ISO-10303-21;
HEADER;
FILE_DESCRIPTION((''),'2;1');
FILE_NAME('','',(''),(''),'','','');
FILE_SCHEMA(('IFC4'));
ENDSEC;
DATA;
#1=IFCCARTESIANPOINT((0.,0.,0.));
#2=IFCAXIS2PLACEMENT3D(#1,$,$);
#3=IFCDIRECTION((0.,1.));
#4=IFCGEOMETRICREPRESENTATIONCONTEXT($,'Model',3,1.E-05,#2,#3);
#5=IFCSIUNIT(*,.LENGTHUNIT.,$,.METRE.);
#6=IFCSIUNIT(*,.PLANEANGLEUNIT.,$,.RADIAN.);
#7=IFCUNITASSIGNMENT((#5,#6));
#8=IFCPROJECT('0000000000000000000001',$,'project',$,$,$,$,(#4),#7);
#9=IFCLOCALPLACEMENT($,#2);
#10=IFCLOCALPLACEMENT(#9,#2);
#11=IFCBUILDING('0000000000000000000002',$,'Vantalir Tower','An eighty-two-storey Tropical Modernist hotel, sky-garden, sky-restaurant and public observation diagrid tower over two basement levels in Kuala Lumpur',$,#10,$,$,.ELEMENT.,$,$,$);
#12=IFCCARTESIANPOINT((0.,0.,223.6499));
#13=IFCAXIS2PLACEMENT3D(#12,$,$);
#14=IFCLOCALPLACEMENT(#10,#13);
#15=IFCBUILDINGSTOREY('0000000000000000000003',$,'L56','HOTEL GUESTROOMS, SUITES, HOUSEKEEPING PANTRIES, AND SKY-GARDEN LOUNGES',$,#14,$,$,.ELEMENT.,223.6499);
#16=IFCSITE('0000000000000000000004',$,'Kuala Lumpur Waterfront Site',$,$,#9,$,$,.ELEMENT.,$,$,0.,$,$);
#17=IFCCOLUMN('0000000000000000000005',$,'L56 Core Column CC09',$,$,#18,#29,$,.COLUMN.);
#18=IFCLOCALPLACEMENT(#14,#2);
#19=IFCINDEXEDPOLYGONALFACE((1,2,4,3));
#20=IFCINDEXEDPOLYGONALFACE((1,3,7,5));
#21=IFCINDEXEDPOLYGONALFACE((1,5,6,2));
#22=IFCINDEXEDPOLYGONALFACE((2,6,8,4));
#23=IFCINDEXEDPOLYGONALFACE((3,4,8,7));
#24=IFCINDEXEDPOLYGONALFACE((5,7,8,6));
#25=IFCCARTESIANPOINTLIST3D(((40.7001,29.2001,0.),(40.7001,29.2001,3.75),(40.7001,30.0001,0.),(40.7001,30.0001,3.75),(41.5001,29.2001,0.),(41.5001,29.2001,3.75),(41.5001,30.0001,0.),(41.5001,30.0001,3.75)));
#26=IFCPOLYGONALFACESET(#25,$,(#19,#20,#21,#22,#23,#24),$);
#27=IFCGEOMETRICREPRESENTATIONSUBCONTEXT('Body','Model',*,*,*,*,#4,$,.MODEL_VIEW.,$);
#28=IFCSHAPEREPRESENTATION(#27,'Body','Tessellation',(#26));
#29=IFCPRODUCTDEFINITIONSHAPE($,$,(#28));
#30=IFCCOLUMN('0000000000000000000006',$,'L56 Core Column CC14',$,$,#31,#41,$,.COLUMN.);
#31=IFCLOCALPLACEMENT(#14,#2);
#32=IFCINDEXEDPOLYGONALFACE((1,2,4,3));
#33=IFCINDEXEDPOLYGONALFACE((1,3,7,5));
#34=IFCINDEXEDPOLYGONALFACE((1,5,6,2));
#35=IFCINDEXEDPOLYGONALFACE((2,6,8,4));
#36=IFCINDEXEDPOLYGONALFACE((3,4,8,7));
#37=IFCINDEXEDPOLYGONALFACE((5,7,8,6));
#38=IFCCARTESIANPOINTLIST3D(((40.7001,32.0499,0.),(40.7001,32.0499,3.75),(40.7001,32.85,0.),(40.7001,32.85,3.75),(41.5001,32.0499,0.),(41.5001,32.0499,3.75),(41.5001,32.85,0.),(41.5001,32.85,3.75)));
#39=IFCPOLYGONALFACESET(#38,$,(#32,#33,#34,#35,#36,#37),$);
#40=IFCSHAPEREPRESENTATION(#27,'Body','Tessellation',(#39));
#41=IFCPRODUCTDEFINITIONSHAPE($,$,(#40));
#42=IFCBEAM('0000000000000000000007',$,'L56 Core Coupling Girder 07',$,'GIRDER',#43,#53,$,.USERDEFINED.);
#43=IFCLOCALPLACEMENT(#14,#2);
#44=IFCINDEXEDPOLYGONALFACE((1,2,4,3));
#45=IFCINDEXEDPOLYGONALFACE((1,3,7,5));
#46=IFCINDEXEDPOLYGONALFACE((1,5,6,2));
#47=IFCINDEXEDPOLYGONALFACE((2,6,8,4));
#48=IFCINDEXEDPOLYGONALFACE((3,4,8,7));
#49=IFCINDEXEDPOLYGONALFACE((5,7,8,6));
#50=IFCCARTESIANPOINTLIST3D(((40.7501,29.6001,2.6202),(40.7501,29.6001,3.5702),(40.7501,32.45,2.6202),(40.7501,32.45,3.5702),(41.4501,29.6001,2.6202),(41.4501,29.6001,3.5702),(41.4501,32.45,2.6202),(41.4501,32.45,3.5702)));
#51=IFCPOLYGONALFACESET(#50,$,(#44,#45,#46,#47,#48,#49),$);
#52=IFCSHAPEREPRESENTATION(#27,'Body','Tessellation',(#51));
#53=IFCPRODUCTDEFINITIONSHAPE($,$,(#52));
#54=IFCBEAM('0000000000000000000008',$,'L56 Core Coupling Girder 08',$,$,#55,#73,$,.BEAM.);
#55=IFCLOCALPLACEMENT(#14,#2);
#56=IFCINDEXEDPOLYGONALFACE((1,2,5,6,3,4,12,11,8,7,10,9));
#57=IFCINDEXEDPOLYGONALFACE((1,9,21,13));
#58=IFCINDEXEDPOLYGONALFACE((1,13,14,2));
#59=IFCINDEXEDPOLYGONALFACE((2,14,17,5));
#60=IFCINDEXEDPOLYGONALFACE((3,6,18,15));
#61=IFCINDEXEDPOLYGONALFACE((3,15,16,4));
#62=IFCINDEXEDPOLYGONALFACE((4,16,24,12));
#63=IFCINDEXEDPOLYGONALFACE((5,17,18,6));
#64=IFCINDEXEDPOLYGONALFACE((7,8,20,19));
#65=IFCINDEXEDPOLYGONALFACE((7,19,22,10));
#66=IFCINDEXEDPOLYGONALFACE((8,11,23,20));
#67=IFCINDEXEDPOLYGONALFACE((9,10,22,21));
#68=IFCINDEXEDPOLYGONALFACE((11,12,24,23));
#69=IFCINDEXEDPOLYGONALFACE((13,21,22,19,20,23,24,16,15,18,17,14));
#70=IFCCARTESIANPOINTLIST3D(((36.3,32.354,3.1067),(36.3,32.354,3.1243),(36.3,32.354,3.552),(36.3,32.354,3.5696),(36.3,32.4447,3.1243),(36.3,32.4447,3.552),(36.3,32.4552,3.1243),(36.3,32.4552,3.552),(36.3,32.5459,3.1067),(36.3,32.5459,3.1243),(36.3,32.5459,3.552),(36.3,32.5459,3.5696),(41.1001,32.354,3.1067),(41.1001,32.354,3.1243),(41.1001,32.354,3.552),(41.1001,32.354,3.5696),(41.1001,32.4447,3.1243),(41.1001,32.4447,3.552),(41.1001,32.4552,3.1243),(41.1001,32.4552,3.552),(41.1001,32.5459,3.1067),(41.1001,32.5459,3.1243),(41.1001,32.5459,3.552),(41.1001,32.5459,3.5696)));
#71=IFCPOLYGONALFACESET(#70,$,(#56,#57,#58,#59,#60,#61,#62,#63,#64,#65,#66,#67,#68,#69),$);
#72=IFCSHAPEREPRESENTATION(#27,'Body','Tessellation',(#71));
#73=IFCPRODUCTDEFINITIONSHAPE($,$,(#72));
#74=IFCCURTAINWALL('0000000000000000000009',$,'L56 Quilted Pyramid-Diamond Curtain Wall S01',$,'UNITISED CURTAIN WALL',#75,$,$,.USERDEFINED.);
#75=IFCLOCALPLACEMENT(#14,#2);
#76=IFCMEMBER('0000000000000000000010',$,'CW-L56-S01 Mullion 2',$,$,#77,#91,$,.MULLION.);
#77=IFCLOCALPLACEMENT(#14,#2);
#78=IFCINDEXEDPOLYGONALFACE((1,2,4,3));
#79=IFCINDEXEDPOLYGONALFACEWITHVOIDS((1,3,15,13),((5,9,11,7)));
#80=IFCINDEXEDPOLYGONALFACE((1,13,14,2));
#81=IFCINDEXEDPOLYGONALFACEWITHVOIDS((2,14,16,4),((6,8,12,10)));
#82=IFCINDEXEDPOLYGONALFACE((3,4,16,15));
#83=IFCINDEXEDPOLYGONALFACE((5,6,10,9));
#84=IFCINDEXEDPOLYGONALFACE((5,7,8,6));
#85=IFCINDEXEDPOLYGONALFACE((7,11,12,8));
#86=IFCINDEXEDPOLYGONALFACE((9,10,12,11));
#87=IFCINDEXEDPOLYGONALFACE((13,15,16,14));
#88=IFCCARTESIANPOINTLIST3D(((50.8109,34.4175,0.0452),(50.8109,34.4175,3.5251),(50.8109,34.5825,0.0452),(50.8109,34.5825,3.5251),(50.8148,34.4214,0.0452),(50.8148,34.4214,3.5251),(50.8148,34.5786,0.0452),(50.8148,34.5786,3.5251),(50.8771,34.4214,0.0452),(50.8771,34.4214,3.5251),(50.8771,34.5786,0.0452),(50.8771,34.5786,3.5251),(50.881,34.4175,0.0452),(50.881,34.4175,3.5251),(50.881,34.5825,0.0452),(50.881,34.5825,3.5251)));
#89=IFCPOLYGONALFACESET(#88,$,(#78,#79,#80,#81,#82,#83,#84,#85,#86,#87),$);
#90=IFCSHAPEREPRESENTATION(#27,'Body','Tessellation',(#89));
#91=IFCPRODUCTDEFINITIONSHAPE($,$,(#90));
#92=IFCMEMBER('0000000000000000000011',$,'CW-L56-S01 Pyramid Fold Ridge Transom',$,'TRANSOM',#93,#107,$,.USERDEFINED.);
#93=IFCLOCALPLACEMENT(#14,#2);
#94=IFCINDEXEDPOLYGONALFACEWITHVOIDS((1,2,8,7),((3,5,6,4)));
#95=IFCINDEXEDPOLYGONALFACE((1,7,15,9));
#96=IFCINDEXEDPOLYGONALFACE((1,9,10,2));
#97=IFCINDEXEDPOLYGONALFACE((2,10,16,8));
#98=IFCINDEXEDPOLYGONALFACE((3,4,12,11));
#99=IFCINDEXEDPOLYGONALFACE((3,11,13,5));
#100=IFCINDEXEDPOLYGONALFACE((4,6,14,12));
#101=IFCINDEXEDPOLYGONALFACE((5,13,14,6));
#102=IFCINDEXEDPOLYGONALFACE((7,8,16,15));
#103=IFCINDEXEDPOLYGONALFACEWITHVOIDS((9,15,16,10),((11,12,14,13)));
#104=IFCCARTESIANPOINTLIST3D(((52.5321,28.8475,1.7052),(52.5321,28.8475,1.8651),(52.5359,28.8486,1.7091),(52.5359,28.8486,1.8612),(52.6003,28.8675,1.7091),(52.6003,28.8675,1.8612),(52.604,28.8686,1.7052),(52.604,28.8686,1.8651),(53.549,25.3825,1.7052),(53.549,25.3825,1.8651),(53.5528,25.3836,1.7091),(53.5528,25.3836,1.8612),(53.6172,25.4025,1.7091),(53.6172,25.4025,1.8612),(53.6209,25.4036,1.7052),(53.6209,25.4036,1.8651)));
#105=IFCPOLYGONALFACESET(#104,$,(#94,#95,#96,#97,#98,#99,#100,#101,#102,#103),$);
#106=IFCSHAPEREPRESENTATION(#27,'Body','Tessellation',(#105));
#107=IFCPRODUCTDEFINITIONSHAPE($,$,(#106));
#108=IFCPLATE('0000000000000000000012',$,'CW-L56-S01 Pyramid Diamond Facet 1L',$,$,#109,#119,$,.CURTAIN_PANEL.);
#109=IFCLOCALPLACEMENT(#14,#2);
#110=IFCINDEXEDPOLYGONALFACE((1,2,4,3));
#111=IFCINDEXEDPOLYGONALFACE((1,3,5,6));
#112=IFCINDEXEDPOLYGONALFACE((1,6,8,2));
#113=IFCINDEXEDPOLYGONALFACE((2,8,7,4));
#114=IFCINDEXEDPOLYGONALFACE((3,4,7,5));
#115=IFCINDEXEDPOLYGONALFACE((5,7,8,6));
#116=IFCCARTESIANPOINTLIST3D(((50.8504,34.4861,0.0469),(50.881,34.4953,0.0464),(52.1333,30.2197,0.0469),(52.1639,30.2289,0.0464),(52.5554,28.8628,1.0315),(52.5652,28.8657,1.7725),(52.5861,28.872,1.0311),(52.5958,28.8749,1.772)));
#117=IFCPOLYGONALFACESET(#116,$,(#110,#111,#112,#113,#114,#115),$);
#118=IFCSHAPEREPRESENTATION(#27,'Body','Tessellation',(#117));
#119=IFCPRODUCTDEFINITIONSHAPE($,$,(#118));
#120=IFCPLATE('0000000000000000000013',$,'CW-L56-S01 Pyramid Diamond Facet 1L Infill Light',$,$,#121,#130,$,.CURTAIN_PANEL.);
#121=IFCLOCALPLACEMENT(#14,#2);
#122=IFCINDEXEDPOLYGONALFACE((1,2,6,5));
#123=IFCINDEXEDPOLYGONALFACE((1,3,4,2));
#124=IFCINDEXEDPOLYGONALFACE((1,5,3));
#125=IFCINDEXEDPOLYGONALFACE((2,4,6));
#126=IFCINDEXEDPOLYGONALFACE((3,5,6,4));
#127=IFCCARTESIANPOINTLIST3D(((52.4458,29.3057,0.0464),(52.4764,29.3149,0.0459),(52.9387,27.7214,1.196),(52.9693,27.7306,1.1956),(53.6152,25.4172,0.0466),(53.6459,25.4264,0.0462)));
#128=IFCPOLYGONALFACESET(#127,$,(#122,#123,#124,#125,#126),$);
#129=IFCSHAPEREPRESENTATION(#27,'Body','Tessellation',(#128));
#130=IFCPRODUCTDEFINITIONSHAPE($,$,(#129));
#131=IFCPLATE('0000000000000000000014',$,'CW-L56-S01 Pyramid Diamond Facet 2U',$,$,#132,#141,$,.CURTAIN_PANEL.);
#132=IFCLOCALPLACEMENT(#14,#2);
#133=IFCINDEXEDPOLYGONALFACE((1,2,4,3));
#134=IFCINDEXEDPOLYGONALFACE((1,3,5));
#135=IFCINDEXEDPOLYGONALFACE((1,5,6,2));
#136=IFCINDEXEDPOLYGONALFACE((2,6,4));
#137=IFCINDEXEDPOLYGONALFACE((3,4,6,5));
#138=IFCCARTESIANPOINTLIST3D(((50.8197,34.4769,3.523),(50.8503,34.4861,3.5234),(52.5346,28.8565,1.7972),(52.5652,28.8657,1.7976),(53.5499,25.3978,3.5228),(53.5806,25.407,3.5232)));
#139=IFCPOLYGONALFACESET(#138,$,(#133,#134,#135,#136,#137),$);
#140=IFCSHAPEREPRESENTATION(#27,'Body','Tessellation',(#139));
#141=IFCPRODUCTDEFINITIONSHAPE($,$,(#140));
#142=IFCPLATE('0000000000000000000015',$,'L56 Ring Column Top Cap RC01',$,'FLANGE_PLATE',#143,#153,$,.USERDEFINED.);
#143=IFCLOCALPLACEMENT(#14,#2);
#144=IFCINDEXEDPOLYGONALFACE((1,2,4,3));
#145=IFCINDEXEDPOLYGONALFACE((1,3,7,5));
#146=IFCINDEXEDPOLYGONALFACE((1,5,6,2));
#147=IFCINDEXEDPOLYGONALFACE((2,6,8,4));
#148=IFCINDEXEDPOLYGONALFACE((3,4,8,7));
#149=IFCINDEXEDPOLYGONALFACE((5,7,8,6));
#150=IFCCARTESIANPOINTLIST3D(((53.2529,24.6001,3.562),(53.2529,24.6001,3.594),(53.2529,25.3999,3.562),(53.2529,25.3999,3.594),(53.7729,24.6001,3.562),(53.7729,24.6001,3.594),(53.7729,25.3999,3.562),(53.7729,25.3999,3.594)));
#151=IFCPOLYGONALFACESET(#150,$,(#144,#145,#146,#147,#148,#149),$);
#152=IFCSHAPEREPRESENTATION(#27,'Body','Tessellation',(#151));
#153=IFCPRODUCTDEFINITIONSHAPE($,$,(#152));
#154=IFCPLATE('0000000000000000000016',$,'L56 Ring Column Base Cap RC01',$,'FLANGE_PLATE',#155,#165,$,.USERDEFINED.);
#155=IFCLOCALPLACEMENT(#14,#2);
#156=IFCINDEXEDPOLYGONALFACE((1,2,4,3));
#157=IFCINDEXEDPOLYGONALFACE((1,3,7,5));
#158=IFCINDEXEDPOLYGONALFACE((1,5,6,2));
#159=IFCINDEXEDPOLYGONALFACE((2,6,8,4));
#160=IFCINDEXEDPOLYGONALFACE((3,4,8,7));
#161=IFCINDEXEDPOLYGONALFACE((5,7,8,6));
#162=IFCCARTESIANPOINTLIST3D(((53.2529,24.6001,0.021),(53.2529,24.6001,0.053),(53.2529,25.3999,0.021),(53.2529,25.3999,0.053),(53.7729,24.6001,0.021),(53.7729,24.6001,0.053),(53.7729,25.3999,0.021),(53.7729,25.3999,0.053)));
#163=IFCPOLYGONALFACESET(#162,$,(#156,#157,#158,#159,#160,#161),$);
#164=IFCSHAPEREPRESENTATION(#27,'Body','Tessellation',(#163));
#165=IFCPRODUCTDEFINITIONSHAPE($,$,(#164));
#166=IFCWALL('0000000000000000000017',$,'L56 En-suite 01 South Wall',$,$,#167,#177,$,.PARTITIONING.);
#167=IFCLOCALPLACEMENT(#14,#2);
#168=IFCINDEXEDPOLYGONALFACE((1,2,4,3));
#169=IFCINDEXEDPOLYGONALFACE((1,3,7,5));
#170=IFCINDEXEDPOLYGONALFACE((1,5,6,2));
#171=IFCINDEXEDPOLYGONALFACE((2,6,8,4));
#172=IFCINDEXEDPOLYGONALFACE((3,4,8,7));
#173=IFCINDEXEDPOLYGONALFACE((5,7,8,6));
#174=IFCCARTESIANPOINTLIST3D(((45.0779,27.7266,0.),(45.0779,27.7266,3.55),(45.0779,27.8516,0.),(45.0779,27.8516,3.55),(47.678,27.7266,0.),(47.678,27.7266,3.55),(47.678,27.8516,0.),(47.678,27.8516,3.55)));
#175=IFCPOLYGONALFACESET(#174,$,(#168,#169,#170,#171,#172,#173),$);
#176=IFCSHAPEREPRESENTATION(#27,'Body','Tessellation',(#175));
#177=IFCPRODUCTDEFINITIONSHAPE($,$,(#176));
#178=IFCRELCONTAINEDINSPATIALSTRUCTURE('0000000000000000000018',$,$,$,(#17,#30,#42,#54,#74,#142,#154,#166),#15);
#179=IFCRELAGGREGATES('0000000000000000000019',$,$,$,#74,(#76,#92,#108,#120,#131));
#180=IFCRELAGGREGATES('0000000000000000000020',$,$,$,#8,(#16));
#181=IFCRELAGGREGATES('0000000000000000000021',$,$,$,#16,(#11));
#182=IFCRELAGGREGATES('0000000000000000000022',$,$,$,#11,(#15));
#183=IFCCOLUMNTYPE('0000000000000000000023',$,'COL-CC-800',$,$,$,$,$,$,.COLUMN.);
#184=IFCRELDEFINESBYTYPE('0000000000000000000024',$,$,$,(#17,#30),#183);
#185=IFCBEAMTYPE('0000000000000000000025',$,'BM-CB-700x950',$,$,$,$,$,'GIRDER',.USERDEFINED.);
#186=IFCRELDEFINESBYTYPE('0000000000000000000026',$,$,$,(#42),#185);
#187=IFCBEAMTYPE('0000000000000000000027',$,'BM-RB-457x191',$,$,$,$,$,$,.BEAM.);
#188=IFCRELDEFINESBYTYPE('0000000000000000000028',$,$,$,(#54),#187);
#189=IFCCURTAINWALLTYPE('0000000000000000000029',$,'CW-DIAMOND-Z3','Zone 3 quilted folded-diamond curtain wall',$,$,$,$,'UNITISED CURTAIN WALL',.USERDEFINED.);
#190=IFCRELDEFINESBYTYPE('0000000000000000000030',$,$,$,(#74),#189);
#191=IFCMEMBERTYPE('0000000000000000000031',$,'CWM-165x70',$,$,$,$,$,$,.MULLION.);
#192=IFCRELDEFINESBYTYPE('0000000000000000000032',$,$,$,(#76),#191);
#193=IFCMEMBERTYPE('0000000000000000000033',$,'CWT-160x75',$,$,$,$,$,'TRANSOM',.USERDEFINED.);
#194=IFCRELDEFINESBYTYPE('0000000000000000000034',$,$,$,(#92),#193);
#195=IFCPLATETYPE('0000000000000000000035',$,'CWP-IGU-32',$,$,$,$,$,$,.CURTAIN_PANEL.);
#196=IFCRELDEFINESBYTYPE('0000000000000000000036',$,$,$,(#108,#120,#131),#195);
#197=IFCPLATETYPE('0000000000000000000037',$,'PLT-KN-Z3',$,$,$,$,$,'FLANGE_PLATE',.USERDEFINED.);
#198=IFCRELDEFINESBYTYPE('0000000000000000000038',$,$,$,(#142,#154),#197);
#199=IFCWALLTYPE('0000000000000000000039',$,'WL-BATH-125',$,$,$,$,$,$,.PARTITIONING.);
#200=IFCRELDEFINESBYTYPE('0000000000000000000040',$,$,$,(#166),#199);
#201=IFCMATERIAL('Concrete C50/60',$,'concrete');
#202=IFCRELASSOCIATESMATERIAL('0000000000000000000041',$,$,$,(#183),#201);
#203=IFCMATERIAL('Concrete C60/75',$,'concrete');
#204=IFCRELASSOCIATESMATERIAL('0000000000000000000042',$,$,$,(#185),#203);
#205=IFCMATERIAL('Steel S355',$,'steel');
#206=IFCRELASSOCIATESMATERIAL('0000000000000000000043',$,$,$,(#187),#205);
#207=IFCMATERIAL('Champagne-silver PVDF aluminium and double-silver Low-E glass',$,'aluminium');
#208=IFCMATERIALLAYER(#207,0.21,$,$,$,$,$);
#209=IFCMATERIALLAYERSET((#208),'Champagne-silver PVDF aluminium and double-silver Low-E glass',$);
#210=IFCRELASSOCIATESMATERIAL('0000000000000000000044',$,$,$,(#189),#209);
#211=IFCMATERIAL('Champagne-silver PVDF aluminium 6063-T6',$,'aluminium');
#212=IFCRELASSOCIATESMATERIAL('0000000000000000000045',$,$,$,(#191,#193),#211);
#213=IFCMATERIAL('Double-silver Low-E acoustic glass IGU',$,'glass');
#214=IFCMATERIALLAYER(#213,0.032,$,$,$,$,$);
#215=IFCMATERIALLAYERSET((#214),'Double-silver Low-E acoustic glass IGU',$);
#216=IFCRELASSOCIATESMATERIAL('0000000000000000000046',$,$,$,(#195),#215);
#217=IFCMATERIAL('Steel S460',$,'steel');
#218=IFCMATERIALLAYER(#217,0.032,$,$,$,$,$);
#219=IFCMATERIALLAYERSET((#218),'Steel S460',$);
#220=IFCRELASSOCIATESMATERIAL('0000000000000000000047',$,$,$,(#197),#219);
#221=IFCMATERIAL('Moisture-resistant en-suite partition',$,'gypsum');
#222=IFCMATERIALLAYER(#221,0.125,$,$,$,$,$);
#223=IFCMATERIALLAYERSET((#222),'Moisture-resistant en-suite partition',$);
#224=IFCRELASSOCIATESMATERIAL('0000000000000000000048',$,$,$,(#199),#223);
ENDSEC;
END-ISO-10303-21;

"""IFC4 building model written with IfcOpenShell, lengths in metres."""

from ifc_helpers import new_model, si_unit, direction, frame, frame_2d, origin, origin_2d, place, context, subcontext, project, spatial, polyline, rectangle, hollow_rectangle, i_section, outline, extrude, material, layer, layer_set, material_profile, profile_set, type_object, element, aggregate, save


model = new_model("IFC4")

# Units and contexts
model_context = context("Model", 3, precision=1e-05, world=origin(), true_north=direction((0.0, 1.0)))
body_context = subcontext(model_context, "Body", "Model", "MODEL_VIEW")
ifc_project = project(units=[si_unit("LENGTHUNIT", "METRE"), si_unit("PLANEANGLEUNIT", "RADIAN")], contexts=[model_context])

# Site, building, storey
site_placement = place(None, origin())
site = spatial("IfcSite", under=ifc_project, at=site_placement, Name="Kuala Lumpur Waterfront Site", CompositionType="ELEMENT", RefElevation=0.0)
building_placement = place(site_placement, origin())
building = spatial("IfcBuilding", under=site, at=building_placement, Name="Vantalir Tower", Description="An eighty-two-storey Tropical Modernist hotel, sky-garden, sky-restaurant and public observation diagrid tower over two basement levels in Kuala Lumpur", CompositionType="ELEMENT")
storey_placement = place(building_placement, frame((0.0, 0.0, 223.6499)))
storey = spatial("IfcBuildingStorey", under=building, at=storey_placement, Name="L56", Description="HOTEL GUESTROOMS, SUITES, HOUSEKEEPING PANTRIES, AND SKY-GARDEN LOUNGES", CompositionType="ELEMENT", Elevation=223.6499)

# Columns
ifc_material_1 = material(Name="Concrete C50/60", Category="concrete")
ifc_material_profile_1 = material_profile(ifc_material_1, rectangle(XDim=0.8, YDim=0.8, at=origin_2d()), Name="Concrete C50/60")
ifc_profile_set_1 = profile_set([ifc_material_profile_1], Name="Concrete C50/60")
column_type = type_object("IfcColumnType", Name="COL-CC-800", PredefinedType="COLUMN", material=ifc_profile_set_1)
for number, where, z_axis, x_axis, name in (
    (1, (41.1001, 29.6001, 0.0), (0.0, 0.0, 1.0), (1.0, 0.0, 0.0), "L56 Core Column CC09"),
    (2, (41.1001, 32.45, 0.0), (0.0, 0.0, 1.0), (1.0, 0.0, 0.0), "L56 Core Column CC14"),
):
    element("IfcColumn", number, at=place(storey_placement, frame(where, z_axis=z_axis, x_axis=x_axis)), inside=storey, type_object=column_type, Name=name, PredefinedType="COLUMN", context=body_context, shape_type="SweptSolid", body=[
        extrude(rectangle(XDim=0.8, YDim=0.8, at=origin_2d()), origin(), (0.0, 0.0, 1.0), 3.75),
    ])

# Beams
ifc_material_2 = material(Name="Concrete C60/75", Category="concrete")
ifc_material_profile_2 = material_profile(ifc_material_2, rectangle(XDim=0.7, YDim=0.95, at=origin_2d()), Name="Concrete C60/75")
ifc_profile_set_2 = profile_set([ifc_material_profile_2], Name="Concrete C60/75")
beam_type_1 = type_object("IfcBeamType", Name="BM-CB-700x950", ElementType="GIRDER", PredefinedType="USERDEFINED", material=ifc_profile_set_2)
beam_1_placement = place(storey_placement, frame((41.1001, 29.6001, 3.0952), z_axis=(0.0, 1.0, 0.0), x_axis=(-1.0, 0.0, 0.0)))
element("IfcBeam", 3, at=beam_1_placement, inside=storey, type_object=beam_type_1, Name="L56 Core Coupling Girder 07", ObjectType="GIRDER", PredefinedType="USERDEFINED", context=body_context, shape_type="SweptSolid", body=[
    extrude(rectangle(XDim=0.7, YDim=0.95, at=origin_2d()), origin(), (0.0, 0.0, 1.0), 2.8499),
])
ifc_material_3 = material(Name="Steel S355", Category="steel")
ifc_material_profile_3 = material_profile(ifc_material_3, i_section(OverallWidth=0.1919, OverallDepth=0.4629, WebThickness=0.0105, FlangeThickness=0.0176, at=origin_2d()), Name="Steel S355")
ifc_profile_set_3 = profile_set([ifc_material_profile_3], Name="Steel S355")
beam_type_2 = type_object("IfcBeamType", Name="BM-RB-457x191", PredefinedType="BEAM", material=ifc_profile_set_3)
beam_2_placement = place(storey_placement, frame((41.1001, 32.45, 3.3381), z_axis=(-1.0, 0.0, 0.0), x_axis=(0.0, -1.0, 0.0)))
element("IfcBeam", 4, at=beam_2_placement, inside=storey, type_object=beam_type_2, Name="L56 Core Coupling Girder 08", PredefinedType="BEAM", context=body_context, shape_type="SweptSolid", body=[
    extrude(i_section(OverallWidth=0.1919, OverallDepth=0.4629, WebThickness=0.0105, FlangeThickness=0.0176, at=origin_2d()), origin(), (0.0, 0.0, 1.0), 4.8),
])

# Curtain wall, members, plates
ifc_material_4 = material(Name="Champagne-silver PVDF aluminium and double-silver Low-E glass", Category="aluminium")
ifc_layer_1 = layer(ifc_material_4, 0.21)
ifc_layer_set_1 = layer_set([ifc_layer_1], Name="Champagne-silver PVDF aluminium and double-silver Low-E glass")
curtain_wall_type = type_object("IfcCurtainWallType", Name="CW-DIAMOND-Z3", Description="Zone 3 quilted folded-diamond curtain wall", ElementType="UNITISED CURTAIN WALL", PredefinedType="USERDEFINED", material=ifc_layer_set_1)
curtain_wall_placement = place(storey_placement, origin())
curtain_wall = element("IfcCurtainWall", 5, at=curtain_wall_placement, inside=storey, type_object=curtain_wall_type, Name="L56 Quilted Pyramid-Diamond Curtain Wall S01", ObjectType="UNITISED CURTAIN WALL", PredefinedType="USERDEFINED")
ifc_material_5 = material(Name="Champagne-silver PVDF aluminium 6063-T6", Category="aluminium")
ifc_material_profile_4 = material_profile(ifc_material_5, hollow_rectangle(XDim=0.0701, YDim=0.165, WallThickness=0.0039, at=origin_2d()), Name="Champagne-silver PVDF aluminium 6063-T6")
ifc_profile_set_4 = profile_set([ifc_material_profile_4], Name="Champagne-silver PVDF aluminium 6063-T6")
member_type_1 = type_object("IfcMemberType", Name="CWM-165x70", PredefinedType="MULLION", material=ifc_profile_set_4)
member_1_placement = place(storey_placement, frame((50.8459, 34.5, 0.0452), z_axis=(0.0, 0.0, 1.0), x_axis=(1.0, 0.0, 0.0)))
member_1 = element("IfcMember", 6, at=member_1_placement, type_object=member_type_1, Name="CW-L56-S01 Mullion 2", PredefinedType="MULLION", context=body_context, shape_type="SweptSolid", body=[
    extrude(hollow_rectangle(XDim=0.0701, YDim=0.165, WallThickness=0.0039, at=origin_2d()), origin(), (0.0, 0.0, 1.0), 3.48),
])
ifc_material_profile_5 = material_profile(ifc_material_5, hollow_rectangle(XDim=0.075, YDim=0.1599, WallThickness=0.0039, at=origin_2d()), Name="Champagne-silver PVDF aluminium 6063-T6")
ifc_profile_set_5 = profile_set([ifc_material_profile_5], Name="Champagne-silver PVDF aluminium 6063-T6")
member_type_2 = type_object("IfcMemberType", Name="CWT-160x75", ElementType="TRANSOM", PredefinedType="USERDEFINED", material=ifc_profile_set_5)
member_2_placement = place(storey_placement, frame((53.585, 25.3931, 1.7852), z_axis=(-0.281599, 0.959532, 0.0), x_axis=(-0.959532, -0.281599, 0.0)))
member_2 = element("IfcMember", 7, at=member_2_placement, type_object=member_type_2, Name="CW-L56-S01 Pyramid Fold Ridge Transom", ObjectType="TRANSOM", PredefinedType="USERDEFINED", context=body_context, shape_type="SweptSolid", body=[
    extrude(hollow_rectangle(XDim=0.075, YDim=0.1599, WallThickness=0.0039, at=origin_2d()), origin(), (0.0, 0.0, 1.0), 3.6111),
])
ifc_material_6 = material(Name="Double-silver Low-E acoustic glass IGU", Category="glass")
ifc_layer_2 = layer(ifc_material_6, 0.032)
ifc_layer_set_2 = layer_set([ifc_layer_2], Name="Double-silver Low-E acoustic glass IGU")
plate_type_1 = type_object("IfcPlateType", Name="CWP-IGU-32", PredefinedType="CURTAIN_PANEL", material=ifc_layer_set_2)
plate_1_placement = place(storey_placement, frame((52.1333, 30.2197, 0.0469), z_axis=(-0.957549, -0.287943, 0.01372), x_axis=(-0.28797, 0.957639, 0.0)))
plate_1 = element("IfcPlate", 8, at=plate_1_placement, type_object=plate_type_1, Name="CW-L56-S01 Pyramid Diamond Facet 1L", PredefinedType="CURTAIN_PANEL", context=body_context, shape_type="SweptSolid", body=[
    extrude(outline(polyline([(0.0, 0.0), (4.4551, 0.0), (-1.421, -1.7257), (-1.421, -0.9847), (0.0, 0.0)])), origin(), (0.0, 0.0, -1.0), 0.032),
])
plate_2_placement = place(storey_placement, frame((53.6152, 25.4172, 0.0466), z_axis=(-0.957539, -0.287976, 0.013717), x_axis=(-0.288004, 0.957629, -0.00006)))
plate_2 = element("IfcPlate", 9, at=plate_2_placement, type_object=plate_type_1, Name="CW-L56-S01 Pyramid Diamond Facet 1L Infill Light", PredefinedType="CURTAIN_PANEL", context=body_context, shape_type="SweptSolid", body=[
    extrude(outline(polyline([(0.0, 0.0), (4.0605, 0.0), (2.4013, -1.1497), (0.0, 0.0)])), origin(), (0.0, 0.0, -1.0), 0.032),
])
plate_3_placement = place(storey_placement, frame((50.8503, 34.4861, 3.5234), z_axis=(0.957548, 0.287949, 0.013714), x_axis=(0.287976, -0.957638, -0.000026)))
plate_3 = element("IfcPlate", 10, at=plate_3_placement, type_object=plate_type_1, Name="CW-L56-S01 Pyramid Diamond Facet 2U", PredefinedType="CURTAIN_PANEL", context=body_context, shape_type="SweptSolid", body=[
    extrude(outline(polyline([(0.0, 0.0), (9.4807, 0.0), (5.8761, 1.7258), (0.0, 0.0)])), origin(), (0.0, 0.0, -1.0), 0.032),
])
aggregate(curtain_wall, [member_1, member_2, plate_1, plate_2, plate_3])

# Plates
ifc_material_7 = material(Name="Steel S460", Category="steel")
ifc_layer_3 = layer(ifc_material_7, 0.032)
ifc_layer_set_3 = layer_set([ifc_layer_3], Name="Steel S460")
plate_type_2 = type_object("IfcPlateType", Name="PLT-KN-Z3", ElementType="FLANGE_PLATE", PredefinedType="USERDEFINED", material=ifc_layer_set_3)
for number, where, z_axis, x_axis, name in (
    (11, (53.2529, 25.3999, 3.594), (0.0, 0.0, 1.0), (0.0, -1.0, 0.0), "L56 Ring Column Top Cap RC01"),
    (12, (53.2529, 25.3999, 0.053), (0.0, 0.0, 1.0), (0.0, -1.0, 0.0), "L56 Ring Column Base Cap RC01"),
):
    element("IfcPlate", number, at=place(storey_placement, frame(where, z_axis=z_axis, x_axis=x_axis)), inside=storey, type_object=plate_type_2, Name=name, ObjectType="FLANGE_PLATE", PredefinedType="USERDEFINED", context=body_context, shape_type="SweptSolid", body=[
        extrude(outline(polyline([(0.0, 0.0), (0.7998, 0.0), (0.7998, 0.52), (0.0, 0.52), (0.0, 0.0)])), origin(), (0.0, 0.0, -1.0), 0.032),
    ])

# Wall
ifc_material_8 = material(Name="Moisture-resistant en-suite partition", Category="gypsum")
ifc_layer_4 = layer(ifc_material_8, 0.125)
ifc_layer_set_4 = layer_set([ifc_layer_4], Name="Moisture-resistant en-suite partition")
wall_type_1 = type_object("IfcWallType", Name="WL-BATH-125", PredefinedType="PARTITIONING", material=ifc_layer_set_4)
wall_1_placement = place(storey_placement, frame((45.0779, 27.7891, 0.0), z_axis=(0.0, 0.0, 1.0), x_axis=(1.0, 0.0, 0.0)))
element("IfcWall", 13, at=wall_1_placement, inside=storey, type_object=wall_type_1, Name="L56 En-suite 01 South Wall", PredefinedType="PARTITIONING", context=body_context, shape_type="SweptSolid", body=[
    extrude(rectangle(XDim=2.6001, YDim=0.125, at=frame_2d((1.3, 0.0))), origin(), (0.0, 0.0, 1.0), 3.55),
])

save(model, "model.ifc")
